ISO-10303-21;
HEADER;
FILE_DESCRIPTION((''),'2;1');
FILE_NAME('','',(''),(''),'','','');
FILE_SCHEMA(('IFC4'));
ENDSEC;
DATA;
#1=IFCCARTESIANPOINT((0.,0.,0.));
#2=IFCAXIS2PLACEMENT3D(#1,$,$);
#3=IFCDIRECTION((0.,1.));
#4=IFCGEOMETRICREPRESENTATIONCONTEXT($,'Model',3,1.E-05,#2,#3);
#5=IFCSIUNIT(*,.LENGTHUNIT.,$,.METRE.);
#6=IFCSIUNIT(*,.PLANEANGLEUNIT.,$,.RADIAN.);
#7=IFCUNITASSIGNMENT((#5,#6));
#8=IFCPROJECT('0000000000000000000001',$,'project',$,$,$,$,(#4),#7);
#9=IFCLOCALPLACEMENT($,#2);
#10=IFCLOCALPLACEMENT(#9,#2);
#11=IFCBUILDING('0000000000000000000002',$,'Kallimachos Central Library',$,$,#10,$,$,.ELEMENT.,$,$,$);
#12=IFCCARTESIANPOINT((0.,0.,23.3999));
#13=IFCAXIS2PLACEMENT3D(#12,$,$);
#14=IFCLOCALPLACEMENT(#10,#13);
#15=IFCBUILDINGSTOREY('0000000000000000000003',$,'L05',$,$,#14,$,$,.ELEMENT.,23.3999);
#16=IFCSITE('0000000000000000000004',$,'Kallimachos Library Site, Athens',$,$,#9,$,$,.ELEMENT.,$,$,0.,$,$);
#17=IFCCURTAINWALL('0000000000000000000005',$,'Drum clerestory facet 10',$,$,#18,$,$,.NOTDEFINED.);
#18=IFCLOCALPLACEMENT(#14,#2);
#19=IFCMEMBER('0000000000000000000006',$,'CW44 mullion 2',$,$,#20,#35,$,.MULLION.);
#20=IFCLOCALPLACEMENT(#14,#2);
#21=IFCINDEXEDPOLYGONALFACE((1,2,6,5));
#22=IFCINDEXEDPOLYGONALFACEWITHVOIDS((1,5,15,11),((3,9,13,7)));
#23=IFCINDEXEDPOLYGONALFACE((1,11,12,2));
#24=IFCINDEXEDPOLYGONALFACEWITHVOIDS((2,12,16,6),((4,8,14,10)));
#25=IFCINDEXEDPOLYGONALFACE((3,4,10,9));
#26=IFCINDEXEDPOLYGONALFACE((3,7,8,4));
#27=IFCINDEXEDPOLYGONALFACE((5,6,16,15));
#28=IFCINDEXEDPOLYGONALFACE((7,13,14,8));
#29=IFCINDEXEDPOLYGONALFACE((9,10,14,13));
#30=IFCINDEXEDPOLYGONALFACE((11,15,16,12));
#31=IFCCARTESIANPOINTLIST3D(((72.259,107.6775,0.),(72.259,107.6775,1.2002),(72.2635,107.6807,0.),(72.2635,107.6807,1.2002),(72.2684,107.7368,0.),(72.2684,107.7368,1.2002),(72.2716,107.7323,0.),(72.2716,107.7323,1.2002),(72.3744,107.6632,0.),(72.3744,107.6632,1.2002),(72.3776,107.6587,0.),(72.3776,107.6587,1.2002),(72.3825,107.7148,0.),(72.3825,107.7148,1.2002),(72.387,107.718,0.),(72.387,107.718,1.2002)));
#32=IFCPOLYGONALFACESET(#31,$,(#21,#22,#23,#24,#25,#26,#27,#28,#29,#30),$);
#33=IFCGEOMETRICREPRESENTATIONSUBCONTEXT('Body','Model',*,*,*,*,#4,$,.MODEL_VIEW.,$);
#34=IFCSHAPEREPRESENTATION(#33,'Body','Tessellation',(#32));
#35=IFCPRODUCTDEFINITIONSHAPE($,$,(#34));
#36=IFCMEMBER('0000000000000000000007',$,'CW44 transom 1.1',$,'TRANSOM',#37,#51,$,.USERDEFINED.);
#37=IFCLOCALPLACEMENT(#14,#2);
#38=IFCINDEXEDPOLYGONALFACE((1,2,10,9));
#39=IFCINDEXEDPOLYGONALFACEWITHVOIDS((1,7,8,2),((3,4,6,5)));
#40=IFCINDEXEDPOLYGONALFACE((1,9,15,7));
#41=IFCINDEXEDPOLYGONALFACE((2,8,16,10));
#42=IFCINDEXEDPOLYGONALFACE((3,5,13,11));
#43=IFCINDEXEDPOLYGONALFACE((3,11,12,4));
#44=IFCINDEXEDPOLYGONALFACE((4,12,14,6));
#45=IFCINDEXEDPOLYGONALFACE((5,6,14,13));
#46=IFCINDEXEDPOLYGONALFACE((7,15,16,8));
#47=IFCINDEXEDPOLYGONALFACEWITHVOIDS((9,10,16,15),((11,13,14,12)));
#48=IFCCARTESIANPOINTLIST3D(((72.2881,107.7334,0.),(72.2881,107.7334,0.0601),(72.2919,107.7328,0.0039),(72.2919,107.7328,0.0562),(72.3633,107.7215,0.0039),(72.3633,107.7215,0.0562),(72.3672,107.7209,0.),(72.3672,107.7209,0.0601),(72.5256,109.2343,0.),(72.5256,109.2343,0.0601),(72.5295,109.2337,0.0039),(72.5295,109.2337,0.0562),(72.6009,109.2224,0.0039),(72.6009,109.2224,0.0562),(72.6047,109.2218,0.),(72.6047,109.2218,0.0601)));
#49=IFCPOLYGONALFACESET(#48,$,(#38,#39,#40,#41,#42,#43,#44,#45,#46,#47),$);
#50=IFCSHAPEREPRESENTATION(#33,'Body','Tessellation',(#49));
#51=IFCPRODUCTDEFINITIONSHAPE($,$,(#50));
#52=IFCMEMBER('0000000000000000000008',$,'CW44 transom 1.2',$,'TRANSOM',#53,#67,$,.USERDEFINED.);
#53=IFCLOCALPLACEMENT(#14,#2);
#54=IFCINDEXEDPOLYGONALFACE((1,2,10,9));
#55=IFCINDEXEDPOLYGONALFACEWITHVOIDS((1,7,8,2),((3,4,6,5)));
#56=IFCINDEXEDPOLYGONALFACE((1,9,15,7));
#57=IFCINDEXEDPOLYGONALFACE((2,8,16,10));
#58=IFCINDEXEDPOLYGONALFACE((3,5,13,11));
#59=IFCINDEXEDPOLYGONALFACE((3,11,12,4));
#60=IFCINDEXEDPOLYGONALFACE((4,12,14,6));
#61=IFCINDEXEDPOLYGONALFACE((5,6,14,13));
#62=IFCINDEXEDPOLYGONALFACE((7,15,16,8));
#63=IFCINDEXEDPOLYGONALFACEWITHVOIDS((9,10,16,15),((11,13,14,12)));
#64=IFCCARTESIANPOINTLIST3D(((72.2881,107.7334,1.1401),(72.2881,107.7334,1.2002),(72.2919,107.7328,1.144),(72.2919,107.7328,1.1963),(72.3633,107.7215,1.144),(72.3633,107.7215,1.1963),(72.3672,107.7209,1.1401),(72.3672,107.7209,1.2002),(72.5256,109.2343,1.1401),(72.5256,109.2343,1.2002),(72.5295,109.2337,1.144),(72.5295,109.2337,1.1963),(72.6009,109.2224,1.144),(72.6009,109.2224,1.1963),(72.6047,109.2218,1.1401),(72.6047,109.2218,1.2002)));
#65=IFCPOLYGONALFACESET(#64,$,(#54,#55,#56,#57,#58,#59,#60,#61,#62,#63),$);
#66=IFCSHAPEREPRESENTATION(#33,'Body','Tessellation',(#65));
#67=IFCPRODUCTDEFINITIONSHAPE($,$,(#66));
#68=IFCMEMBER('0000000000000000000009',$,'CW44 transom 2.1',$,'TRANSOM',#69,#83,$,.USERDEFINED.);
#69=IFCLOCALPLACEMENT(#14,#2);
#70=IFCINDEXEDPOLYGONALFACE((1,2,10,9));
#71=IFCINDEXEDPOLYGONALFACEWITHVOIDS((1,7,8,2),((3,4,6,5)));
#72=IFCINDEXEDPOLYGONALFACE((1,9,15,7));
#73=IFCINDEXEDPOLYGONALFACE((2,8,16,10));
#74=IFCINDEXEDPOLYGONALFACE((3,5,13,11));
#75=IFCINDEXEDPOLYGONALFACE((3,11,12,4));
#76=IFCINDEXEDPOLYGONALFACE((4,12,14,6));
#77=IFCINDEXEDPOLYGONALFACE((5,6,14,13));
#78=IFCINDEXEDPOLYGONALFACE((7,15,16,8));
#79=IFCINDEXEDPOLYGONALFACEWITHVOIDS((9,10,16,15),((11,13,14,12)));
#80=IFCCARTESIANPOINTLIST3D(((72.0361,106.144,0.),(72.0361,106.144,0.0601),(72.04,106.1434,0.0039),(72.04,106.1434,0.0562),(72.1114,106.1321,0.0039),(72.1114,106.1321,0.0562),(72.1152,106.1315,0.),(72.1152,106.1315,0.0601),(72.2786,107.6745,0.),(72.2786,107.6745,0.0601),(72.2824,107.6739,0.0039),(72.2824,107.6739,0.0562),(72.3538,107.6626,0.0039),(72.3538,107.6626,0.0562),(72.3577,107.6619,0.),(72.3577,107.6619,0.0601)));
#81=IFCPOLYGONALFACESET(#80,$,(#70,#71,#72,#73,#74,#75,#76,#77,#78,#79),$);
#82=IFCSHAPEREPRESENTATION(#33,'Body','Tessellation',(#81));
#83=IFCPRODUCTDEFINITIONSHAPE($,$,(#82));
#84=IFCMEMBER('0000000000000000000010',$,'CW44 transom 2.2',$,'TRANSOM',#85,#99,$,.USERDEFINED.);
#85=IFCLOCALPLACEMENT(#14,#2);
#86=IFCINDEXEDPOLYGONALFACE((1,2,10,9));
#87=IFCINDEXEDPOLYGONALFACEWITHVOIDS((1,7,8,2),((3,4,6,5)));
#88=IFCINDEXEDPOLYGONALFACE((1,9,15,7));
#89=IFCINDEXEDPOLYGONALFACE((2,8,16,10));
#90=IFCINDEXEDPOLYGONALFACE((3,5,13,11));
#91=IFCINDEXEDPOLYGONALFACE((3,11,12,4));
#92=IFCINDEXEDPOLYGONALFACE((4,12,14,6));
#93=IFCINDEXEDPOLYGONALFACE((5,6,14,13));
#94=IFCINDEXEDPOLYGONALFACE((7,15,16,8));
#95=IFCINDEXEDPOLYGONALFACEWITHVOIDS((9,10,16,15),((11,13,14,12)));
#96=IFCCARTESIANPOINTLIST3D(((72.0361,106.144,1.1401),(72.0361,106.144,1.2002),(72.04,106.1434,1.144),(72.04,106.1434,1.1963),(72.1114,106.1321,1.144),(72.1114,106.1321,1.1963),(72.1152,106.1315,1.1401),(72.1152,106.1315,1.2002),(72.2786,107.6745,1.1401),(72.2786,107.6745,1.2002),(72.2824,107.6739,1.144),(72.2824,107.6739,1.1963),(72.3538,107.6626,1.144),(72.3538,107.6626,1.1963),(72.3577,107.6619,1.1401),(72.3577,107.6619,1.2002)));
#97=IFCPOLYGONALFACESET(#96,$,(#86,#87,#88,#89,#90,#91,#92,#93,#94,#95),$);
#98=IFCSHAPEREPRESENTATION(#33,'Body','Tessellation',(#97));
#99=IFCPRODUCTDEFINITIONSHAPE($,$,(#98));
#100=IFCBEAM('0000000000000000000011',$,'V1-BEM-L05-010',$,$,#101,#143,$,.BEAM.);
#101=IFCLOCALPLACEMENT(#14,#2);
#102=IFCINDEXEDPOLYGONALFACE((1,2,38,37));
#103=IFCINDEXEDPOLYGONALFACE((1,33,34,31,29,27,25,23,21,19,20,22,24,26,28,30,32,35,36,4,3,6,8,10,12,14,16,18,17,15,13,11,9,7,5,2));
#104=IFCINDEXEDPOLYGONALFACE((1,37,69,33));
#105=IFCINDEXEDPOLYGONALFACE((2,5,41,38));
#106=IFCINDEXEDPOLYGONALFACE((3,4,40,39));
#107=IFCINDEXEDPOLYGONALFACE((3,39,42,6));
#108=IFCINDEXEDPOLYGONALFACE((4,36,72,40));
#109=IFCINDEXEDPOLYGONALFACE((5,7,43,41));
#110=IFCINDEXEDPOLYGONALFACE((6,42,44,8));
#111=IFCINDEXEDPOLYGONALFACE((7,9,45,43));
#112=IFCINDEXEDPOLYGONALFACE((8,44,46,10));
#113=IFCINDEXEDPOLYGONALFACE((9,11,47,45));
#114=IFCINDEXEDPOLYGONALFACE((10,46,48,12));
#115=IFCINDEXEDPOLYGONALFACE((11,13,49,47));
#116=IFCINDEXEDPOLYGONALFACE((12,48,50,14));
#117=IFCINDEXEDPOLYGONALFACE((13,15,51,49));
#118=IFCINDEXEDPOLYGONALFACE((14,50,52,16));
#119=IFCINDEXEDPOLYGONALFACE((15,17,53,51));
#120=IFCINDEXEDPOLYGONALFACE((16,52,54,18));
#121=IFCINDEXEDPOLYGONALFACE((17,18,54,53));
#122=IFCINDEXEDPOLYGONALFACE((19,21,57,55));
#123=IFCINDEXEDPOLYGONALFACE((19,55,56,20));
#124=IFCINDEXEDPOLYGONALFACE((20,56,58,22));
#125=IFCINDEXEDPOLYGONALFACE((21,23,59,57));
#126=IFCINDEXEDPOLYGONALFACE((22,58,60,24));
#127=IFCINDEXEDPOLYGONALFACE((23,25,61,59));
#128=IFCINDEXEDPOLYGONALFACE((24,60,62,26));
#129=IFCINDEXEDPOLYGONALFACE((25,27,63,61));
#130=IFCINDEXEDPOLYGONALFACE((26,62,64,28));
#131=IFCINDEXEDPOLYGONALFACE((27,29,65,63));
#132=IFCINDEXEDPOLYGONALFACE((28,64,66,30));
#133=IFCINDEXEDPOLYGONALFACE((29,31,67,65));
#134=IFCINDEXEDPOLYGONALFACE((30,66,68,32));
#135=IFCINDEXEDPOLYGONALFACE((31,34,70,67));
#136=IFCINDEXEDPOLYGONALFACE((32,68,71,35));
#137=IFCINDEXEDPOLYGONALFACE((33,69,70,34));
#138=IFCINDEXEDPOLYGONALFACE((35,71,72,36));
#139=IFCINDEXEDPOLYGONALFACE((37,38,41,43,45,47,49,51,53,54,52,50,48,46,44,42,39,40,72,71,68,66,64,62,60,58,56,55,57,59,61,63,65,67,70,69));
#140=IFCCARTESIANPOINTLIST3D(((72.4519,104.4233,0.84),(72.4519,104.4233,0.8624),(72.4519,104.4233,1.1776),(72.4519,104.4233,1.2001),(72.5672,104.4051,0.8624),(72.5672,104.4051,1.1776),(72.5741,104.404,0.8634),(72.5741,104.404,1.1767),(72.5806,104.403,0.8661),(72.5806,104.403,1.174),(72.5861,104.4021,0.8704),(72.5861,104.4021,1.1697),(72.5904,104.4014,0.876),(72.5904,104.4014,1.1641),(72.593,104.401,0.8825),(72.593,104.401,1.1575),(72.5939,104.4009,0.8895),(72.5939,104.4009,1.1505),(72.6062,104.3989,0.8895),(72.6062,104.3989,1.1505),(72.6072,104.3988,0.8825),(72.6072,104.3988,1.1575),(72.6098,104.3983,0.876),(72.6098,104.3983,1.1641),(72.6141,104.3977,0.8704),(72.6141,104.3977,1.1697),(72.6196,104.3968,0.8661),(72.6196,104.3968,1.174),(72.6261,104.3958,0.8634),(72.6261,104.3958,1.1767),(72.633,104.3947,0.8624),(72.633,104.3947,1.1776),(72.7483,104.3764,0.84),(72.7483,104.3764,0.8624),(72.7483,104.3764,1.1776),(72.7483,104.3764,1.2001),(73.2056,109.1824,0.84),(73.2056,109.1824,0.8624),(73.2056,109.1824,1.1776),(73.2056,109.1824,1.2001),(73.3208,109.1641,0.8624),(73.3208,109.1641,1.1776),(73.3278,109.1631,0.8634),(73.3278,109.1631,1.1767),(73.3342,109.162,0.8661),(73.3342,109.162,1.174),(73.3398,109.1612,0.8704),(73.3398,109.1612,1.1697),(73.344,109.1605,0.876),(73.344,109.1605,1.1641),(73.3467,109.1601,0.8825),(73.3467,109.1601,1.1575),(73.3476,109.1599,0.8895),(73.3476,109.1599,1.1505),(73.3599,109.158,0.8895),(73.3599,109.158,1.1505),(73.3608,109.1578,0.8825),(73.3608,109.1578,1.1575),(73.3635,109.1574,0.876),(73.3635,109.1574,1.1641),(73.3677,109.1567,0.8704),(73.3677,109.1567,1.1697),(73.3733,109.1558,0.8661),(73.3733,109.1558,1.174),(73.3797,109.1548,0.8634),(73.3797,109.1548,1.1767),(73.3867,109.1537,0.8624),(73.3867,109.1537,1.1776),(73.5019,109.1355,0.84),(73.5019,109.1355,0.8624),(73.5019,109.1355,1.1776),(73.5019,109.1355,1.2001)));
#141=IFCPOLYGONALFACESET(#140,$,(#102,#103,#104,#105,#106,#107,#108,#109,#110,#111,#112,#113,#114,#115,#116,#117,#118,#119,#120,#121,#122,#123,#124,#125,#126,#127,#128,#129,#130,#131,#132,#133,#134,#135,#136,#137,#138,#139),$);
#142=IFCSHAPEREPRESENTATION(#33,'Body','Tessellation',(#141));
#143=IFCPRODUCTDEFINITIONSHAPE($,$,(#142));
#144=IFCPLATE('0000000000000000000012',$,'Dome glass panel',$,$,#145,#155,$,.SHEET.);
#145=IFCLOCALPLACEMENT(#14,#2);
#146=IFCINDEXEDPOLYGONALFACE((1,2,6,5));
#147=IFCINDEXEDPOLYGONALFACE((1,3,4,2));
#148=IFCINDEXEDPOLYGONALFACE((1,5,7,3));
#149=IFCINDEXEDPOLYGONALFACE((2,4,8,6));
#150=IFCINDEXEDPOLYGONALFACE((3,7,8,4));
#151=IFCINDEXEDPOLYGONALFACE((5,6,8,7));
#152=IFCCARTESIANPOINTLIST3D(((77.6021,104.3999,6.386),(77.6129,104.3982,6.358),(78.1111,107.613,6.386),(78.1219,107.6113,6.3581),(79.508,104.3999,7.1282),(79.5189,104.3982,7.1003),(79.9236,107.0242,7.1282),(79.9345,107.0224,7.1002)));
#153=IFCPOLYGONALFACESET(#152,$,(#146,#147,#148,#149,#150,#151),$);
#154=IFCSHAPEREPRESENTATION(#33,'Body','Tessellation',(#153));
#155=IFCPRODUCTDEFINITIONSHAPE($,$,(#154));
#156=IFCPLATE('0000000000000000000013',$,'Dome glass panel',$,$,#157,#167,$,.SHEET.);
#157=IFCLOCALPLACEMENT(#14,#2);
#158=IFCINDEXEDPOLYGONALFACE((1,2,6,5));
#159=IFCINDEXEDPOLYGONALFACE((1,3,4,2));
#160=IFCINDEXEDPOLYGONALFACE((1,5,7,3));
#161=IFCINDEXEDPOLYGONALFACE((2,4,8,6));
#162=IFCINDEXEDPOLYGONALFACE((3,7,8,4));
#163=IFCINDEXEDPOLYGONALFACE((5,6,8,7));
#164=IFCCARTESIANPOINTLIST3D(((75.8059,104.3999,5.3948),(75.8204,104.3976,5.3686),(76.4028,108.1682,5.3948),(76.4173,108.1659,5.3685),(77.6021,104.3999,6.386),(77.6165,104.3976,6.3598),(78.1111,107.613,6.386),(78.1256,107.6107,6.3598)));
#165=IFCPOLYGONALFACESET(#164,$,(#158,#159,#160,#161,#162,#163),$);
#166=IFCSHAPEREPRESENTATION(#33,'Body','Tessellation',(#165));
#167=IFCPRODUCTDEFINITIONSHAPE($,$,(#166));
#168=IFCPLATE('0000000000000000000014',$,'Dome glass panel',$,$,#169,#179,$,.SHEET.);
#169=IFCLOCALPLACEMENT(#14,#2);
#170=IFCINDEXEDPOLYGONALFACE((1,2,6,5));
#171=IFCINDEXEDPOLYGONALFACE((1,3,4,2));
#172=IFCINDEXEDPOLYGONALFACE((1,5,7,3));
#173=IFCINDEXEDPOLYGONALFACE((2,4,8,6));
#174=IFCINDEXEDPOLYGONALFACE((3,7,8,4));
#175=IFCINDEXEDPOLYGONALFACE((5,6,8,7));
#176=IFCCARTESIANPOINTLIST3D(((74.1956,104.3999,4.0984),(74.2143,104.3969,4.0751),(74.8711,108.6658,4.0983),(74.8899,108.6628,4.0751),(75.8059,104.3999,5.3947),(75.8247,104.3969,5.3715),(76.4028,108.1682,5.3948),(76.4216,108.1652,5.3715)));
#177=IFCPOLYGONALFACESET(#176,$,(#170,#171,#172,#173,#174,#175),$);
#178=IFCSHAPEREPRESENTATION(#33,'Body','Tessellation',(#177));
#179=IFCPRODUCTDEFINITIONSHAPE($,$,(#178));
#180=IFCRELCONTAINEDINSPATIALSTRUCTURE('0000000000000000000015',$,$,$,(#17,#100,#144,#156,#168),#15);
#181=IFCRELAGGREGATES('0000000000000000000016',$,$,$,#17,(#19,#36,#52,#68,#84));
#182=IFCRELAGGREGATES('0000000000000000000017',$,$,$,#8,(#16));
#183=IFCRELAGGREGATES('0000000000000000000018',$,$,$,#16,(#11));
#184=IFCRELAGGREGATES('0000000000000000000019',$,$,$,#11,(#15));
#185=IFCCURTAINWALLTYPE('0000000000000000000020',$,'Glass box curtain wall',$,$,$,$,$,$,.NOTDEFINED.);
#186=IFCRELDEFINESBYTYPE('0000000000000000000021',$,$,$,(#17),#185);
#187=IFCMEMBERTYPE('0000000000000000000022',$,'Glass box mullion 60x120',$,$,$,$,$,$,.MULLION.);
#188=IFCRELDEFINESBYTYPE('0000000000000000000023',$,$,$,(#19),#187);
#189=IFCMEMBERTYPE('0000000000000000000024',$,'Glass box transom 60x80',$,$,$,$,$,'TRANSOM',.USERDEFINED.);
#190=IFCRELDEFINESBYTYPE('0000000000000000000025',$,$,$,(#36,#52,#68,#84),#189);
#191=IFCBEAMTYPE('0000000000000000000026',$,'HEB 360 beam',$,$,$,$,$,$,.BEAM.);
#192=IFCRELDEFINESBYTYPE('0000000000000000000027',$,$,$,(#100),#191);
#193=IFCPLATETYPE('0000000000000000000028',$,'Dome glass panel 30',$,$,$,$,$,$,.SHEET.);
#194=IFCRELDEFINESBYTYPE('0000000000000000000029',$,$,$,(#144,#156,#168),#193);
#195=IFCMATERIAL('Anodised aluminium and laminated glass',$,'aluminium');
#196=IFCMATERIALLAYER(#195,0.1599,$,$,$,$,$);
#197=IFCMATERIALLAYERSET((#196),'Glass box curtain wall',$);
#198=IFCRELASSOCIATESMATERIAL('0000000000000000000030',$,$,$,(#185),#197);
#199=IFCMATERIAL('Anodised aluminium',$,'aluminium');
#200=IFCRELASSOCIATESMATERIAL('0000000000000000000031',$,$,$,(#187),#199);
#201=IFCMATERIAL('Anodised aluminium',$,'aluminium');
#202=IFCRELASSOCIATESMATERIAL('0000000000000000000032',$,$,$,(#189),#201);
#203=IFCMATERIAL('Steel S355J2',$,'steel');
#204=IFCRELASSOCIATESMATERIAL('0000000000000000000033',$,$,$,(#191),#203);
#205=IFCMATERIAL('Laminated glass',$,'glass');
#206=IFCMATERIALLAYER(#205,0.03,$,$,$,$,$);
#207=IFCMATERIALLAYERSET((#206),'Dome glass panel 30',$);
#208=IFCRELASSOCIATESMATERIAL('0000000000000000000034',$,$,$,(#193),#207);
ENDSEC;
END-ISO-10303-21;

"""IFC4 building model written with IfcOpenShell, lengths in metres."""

from ifc_helpers import new_model, si_unit, direction, frame, origin, origin_2d, place, context, subcontext, project, spatial, polyline, hollow_rectangle, i_section, outline, extrude, material, layer, layer_set, material_profile, profile_set, type_object, element, aggregate, save


model = new_model("IFC4")

# Units and contexts
model_context = context("Model", 3, precision=1e-05, world=origin(), true_north=direction((0.0, 1.0)))
body_context = subcontext(model_context, "Body", "Model", "MODEL_VIEW")
ifc_project = project(units=[si_unit("LENGTHUNIT", "METRE"), si_unit("PLANEANGLEUNIT", "RADIAN")], contexts=[model_context])

# Site, building, storey
site_placement = place(None, origin())
site = spatial("IfcSite", under=ifc_project, at=site_placement, Name="Kallimachos Library Site, Athens", CompositionType="ELEMENT", RefElevation=0.0)
building_placement = place(site_placement, origin())
building = spatial("IfcBuilding", under=site, at=building_placement, Name="Kallimachos Central Library", CompositionType="ELEMENT")
storey_placement = place(building_placement, frame((0.0, 0.0, 23.3999)))
storey = spatial("IfcBuildingStorey", under=building, at=storey_placement, Name="L05", CompositionType="ELEMENT", Elevation=23.3999)

# Curtain wall, members
ifc_material_1 = material(Name="Anodised aluminium and laminated glass", Category="aluminium")
ifc_layer_1 = layer(ifc_material_1, 0.1599)
ifc_layer_set_1 = layer_set([ifc_layer_1], Name="Glass box curtain wall")
curtain_wall_type = type_object("IfcCurtainWallType", Name="Glass box curtain wall", PredefinedType="NOTDEFINED", material=ifc_layer_set_1)
curtain_wall_placement = place(storey_placement, origin())
curtain_wall = element("IfcCurtainWall", 1, at=curtain_wall_placement, inside=storey, type_object=curtain_wall_type, Name="Drum clerestory facet 10", PredefinedType="NOTDEFINED")
ifc_material_2 = material(Name="Anodised aluminium", Category="aluminium")
ifc_material_profile_1 = material_profile(ifc_material_2, hollow_rectangle(XDim=0.0601, YDim=0.1201, WallThickness=0.0039, at=origin_2d()), Name="ALU MULLION 60x120")
ifc_profile_set_1 = profile_set([ifc_material_profile_1], Name="Anodised aluminium")
member_type_1 = type_object("IfcMemberType", Name="Glass box mullion 60x120", PredefinedType="MULLION", material=ifc_profile_set_1)
member_1_placement = place(storey_placement, frame((72.323, 107.6978, 0.0), z_axis=(0.0, 0.0, 1.0), x_axis=(-0.156435, -0.987688, 0.0)))
member_1 = element("IfcMember", 2, at=member_1_placement, type_object=member_type_1, Name="CW44 mullion 2", PredefinedType="MULLION", context=body_context, shape_type="SweptSolid", body=[
    extrude(hollow_rectangle(XDim=0.0601, YDim=0.1201, WallThickness=0.0039, at=origin_2d()), origin(), (0.0, 0.0, 1.0), 1.2002),
])
ifc_material_3 = material(Name="Anodised aluminium", Category="aluminium")
ifc_material_profile_2 = material_profile(ifc_material_3, hollow_rectangle(XDim=0.0601, YDim=0.0801, WallThickness=0.0039, at=origin_2d()), Name="ALU TRANSOM 60x80")
ifc_profile_set_2 = profile_set([ifc_material_profile_2], Name="Anodised aluminium")
member_type_2 = type_object("IfcMemberType", Name="Glass box transom 60x80", ElementType="TRANSOM", PredefinedType="USERDEFINED", material=ifc_profile_set_2)
member_2_placement = place(storey_placement, frame((72.5652, 109.228, 0.03), z_axis=(-0.156342, -0.987703, 0.0), x_axis=(0.0, 0.0, 1.0)))
member_2 = element("IfcMember", 3, at=member_2_placement, type_object=member_type_2, Name="CW44 transom 1.1", ObjectType="TRANSOM", PredefinedType="USERDEFINED", context=body_context, shape_type="SweptSolid", body=[
    extrude(hollow_rectangle(XDim=0.0601, YDim=0.0801, WallThickness=0.0039, at=origin_2d()), origin(), (0.0, 0.0, 1.0), 1.5195),
])
member_3_placement = place(storey_placement, frame((72.5652, 109.228, 1.1702), z_axis=(-0.156342, -0.987703, 0.0), x_axis=(0.0, 0.0, 1.0)))
member_3 = element("IfcMember", 4, at=member_3_placement, type_object=member_type_2, Name="CW44 transom 1.2", ObjectType="TRANSOM", PredefinedType="USERDEFINED", context=body_context, shape_type="SweptSolid", body=[
    extrude(hollow_rectangle(XDim=0.0601, YDim=0.0801, WallThickness=0.0039, at=origin_2d()), origin(), (0.0, 0.0, 1.0), 1.5195),
])
member_4_placement = place(storey_placement, frame((72.3181, 107.6682, 0.03), z_axis=(-0.156448, -0.987686, 0.0), x_axis=(0.0, 0.0, 1.0)))
member_4 = element("IfcMember", 5, at=member_4_placement, type_object=member_type_2, Name="CW44 transom 2.1", ObjectType="TRANSOM", PredefinedType="USERDEFINED", context=body_context, shape_type="SweptSolid", body=[
    extrude(hollow_rectangle(XDim=0.0601, YDim=0.0801, WallThickness=0.0039, at=origin_2d()), origin(), (0.0, 0.0, 1.0), 1.5496),
])
member_5_placement = place(storey_placement, frame((72.3181, 107.6682, 1.1702), z_axis=(-0.156448, -0.987686, 0.0), x_axis=(0.0, 0.0, 1.0)))
member_5 = element("IfcMember", 6, at=member_5_placement, type_object=member_type_2, Name="CW44 transom 2.2", ObjectType="TRANSOM", PredefinedType="USERDEFINED", context=body_context, shape_type="SweptSolid", body=[
    extrude(hollow_rectangle(XDim=0.0601, YDim=0.0801, WallThickness=0.0039, at=origin_2d()), origin(), (0.0, 0.0, 1.0), 1.5496),
])

# Beam
ifc_material_4 = material(Name="Steel S355J2", Category="steel")
ifc_material_profile_3 = material_profile(ifc_material_4, i_section(OverallWidth=0.3, OverallDepth=0.3601, WebThickness=0.0125, FlangeThickness=0.0225, FilletRadius=0.0271, at=origin_2d()), Name="HEB 360")
ifc_profile_set_3 = profile_set([ifc_material_profile_3], Name="Steel S355J2")
beam_type = type_object("IfcBeamType", Name="HEB 360 beam", PredefinedType="BEAM", material=ifc_profile_set_3)
beam_placement = place(storey_placement, frame((73.3538, 109.1589, 1.02), z_axis=(-0.156415, -0.987691, 0.0), x_axis=(0.987691, -0.156415, 0.0)))
element("IfcBeam", 7, at=beam_placement, inside=storey, type_object=beam_type, Name="V1-BEM-L05-010", PredefinedType="BEAM", context=body_context, shape_type="SweptSolid", body=[
    extrude(i_section(OverallWidth=0.3, OverallDepth=0.3601, WebThickness=0.0125, FlangeThickness=0.0225, FilletRadius=0.0271, at=origin_2d()), origin(), (0.0, 0.0, 1.0), 4.8184),
])

# Plates
ifc_material_5 = material(Name="Laminated glass", Category="glass")
ifc_layer_2 = layer(ifc_material_5, 0.03)
ifc_layer_set_2 = layer_set([ifc_layer_2], Name="Dome glass panel 30")
plate_type_1 = type_object("IfcPlateType", Name="Dome glass panel 30", PredefinedType="SHEET", material=ifc_layer_set_2)
plate_1_placement = place(storey_placement, frame((79.9236, 107.0242, 7.1282), z_axis=(-0.362277, 0.057379, 0.930303), x_axis=(-0.886237, 0.28793, -0.362876)))
element("IfcPlate", 8, at=plate_1_placement, inside=storey, type_object=plate_type_1, Name="Dome glass panel", PredefinedType="SHEET", context=body_context, shape_type="SweptSolid", body=[
    extrude(outline(polyline([(0.0, 0.0), (2.0452, 0.0), (1.5711, 3.2185), (-0.3874, 2.6286), (0.0, 0.0)])), origin(), (0.0, 0.0, -1.0), 0.03),
])
plate_2_placement = place(storey_placement, frame((78.1111, 107.613, 6.386), z_axis=(-0.481751, 0.076316, 0.872979), x_axis=(-0.832662, 0.270613, -0.483159)))
element("IfcPlate", 9, at=plate_2_placement, inside=storey, type_object=plate_type_1, Name="Dome glass panel", PredefinedType="SHEET", context=body_context, shape_type="SweptSolid", body=[
    extrude(outline(polyline([(0.0, 0.0), (2.0515, 0.0), (1.5288, 3.7793), (-0.4457, 3.2225), (0.0, 0.0)])), origin(), (0.0, 0.0, -1.0), 0.03),
])
plate_3_placement = place(storey_placement, frame((76.4028, 108.1682, 5.3948), z_axis=(-0.623991, 0.098828, 0.775157), x_axis=(-0.74086, 0.240659, -0.627064)))
element("IfcPlate", 10, at=plate_3_placement, inside=storey, type_object=plate_type_1, Name="Dome glass panel", PredefinedType="SHEET", context=body_context, shape_type="SweptSolid", body=[
    extrude(outline(polyline([(0.0, 0.0), (2.0675, 0.0), (1.5413, 4.2869), (-0.4646, 3.7869), (0.0, 0.0)])), origin(), (0.0, 0.0, -1.0), 0.03),
])

aggregate(curtain_wall, [member_1, member_2, member_3, member_4, member_5])

save(model, "model.ifc")
